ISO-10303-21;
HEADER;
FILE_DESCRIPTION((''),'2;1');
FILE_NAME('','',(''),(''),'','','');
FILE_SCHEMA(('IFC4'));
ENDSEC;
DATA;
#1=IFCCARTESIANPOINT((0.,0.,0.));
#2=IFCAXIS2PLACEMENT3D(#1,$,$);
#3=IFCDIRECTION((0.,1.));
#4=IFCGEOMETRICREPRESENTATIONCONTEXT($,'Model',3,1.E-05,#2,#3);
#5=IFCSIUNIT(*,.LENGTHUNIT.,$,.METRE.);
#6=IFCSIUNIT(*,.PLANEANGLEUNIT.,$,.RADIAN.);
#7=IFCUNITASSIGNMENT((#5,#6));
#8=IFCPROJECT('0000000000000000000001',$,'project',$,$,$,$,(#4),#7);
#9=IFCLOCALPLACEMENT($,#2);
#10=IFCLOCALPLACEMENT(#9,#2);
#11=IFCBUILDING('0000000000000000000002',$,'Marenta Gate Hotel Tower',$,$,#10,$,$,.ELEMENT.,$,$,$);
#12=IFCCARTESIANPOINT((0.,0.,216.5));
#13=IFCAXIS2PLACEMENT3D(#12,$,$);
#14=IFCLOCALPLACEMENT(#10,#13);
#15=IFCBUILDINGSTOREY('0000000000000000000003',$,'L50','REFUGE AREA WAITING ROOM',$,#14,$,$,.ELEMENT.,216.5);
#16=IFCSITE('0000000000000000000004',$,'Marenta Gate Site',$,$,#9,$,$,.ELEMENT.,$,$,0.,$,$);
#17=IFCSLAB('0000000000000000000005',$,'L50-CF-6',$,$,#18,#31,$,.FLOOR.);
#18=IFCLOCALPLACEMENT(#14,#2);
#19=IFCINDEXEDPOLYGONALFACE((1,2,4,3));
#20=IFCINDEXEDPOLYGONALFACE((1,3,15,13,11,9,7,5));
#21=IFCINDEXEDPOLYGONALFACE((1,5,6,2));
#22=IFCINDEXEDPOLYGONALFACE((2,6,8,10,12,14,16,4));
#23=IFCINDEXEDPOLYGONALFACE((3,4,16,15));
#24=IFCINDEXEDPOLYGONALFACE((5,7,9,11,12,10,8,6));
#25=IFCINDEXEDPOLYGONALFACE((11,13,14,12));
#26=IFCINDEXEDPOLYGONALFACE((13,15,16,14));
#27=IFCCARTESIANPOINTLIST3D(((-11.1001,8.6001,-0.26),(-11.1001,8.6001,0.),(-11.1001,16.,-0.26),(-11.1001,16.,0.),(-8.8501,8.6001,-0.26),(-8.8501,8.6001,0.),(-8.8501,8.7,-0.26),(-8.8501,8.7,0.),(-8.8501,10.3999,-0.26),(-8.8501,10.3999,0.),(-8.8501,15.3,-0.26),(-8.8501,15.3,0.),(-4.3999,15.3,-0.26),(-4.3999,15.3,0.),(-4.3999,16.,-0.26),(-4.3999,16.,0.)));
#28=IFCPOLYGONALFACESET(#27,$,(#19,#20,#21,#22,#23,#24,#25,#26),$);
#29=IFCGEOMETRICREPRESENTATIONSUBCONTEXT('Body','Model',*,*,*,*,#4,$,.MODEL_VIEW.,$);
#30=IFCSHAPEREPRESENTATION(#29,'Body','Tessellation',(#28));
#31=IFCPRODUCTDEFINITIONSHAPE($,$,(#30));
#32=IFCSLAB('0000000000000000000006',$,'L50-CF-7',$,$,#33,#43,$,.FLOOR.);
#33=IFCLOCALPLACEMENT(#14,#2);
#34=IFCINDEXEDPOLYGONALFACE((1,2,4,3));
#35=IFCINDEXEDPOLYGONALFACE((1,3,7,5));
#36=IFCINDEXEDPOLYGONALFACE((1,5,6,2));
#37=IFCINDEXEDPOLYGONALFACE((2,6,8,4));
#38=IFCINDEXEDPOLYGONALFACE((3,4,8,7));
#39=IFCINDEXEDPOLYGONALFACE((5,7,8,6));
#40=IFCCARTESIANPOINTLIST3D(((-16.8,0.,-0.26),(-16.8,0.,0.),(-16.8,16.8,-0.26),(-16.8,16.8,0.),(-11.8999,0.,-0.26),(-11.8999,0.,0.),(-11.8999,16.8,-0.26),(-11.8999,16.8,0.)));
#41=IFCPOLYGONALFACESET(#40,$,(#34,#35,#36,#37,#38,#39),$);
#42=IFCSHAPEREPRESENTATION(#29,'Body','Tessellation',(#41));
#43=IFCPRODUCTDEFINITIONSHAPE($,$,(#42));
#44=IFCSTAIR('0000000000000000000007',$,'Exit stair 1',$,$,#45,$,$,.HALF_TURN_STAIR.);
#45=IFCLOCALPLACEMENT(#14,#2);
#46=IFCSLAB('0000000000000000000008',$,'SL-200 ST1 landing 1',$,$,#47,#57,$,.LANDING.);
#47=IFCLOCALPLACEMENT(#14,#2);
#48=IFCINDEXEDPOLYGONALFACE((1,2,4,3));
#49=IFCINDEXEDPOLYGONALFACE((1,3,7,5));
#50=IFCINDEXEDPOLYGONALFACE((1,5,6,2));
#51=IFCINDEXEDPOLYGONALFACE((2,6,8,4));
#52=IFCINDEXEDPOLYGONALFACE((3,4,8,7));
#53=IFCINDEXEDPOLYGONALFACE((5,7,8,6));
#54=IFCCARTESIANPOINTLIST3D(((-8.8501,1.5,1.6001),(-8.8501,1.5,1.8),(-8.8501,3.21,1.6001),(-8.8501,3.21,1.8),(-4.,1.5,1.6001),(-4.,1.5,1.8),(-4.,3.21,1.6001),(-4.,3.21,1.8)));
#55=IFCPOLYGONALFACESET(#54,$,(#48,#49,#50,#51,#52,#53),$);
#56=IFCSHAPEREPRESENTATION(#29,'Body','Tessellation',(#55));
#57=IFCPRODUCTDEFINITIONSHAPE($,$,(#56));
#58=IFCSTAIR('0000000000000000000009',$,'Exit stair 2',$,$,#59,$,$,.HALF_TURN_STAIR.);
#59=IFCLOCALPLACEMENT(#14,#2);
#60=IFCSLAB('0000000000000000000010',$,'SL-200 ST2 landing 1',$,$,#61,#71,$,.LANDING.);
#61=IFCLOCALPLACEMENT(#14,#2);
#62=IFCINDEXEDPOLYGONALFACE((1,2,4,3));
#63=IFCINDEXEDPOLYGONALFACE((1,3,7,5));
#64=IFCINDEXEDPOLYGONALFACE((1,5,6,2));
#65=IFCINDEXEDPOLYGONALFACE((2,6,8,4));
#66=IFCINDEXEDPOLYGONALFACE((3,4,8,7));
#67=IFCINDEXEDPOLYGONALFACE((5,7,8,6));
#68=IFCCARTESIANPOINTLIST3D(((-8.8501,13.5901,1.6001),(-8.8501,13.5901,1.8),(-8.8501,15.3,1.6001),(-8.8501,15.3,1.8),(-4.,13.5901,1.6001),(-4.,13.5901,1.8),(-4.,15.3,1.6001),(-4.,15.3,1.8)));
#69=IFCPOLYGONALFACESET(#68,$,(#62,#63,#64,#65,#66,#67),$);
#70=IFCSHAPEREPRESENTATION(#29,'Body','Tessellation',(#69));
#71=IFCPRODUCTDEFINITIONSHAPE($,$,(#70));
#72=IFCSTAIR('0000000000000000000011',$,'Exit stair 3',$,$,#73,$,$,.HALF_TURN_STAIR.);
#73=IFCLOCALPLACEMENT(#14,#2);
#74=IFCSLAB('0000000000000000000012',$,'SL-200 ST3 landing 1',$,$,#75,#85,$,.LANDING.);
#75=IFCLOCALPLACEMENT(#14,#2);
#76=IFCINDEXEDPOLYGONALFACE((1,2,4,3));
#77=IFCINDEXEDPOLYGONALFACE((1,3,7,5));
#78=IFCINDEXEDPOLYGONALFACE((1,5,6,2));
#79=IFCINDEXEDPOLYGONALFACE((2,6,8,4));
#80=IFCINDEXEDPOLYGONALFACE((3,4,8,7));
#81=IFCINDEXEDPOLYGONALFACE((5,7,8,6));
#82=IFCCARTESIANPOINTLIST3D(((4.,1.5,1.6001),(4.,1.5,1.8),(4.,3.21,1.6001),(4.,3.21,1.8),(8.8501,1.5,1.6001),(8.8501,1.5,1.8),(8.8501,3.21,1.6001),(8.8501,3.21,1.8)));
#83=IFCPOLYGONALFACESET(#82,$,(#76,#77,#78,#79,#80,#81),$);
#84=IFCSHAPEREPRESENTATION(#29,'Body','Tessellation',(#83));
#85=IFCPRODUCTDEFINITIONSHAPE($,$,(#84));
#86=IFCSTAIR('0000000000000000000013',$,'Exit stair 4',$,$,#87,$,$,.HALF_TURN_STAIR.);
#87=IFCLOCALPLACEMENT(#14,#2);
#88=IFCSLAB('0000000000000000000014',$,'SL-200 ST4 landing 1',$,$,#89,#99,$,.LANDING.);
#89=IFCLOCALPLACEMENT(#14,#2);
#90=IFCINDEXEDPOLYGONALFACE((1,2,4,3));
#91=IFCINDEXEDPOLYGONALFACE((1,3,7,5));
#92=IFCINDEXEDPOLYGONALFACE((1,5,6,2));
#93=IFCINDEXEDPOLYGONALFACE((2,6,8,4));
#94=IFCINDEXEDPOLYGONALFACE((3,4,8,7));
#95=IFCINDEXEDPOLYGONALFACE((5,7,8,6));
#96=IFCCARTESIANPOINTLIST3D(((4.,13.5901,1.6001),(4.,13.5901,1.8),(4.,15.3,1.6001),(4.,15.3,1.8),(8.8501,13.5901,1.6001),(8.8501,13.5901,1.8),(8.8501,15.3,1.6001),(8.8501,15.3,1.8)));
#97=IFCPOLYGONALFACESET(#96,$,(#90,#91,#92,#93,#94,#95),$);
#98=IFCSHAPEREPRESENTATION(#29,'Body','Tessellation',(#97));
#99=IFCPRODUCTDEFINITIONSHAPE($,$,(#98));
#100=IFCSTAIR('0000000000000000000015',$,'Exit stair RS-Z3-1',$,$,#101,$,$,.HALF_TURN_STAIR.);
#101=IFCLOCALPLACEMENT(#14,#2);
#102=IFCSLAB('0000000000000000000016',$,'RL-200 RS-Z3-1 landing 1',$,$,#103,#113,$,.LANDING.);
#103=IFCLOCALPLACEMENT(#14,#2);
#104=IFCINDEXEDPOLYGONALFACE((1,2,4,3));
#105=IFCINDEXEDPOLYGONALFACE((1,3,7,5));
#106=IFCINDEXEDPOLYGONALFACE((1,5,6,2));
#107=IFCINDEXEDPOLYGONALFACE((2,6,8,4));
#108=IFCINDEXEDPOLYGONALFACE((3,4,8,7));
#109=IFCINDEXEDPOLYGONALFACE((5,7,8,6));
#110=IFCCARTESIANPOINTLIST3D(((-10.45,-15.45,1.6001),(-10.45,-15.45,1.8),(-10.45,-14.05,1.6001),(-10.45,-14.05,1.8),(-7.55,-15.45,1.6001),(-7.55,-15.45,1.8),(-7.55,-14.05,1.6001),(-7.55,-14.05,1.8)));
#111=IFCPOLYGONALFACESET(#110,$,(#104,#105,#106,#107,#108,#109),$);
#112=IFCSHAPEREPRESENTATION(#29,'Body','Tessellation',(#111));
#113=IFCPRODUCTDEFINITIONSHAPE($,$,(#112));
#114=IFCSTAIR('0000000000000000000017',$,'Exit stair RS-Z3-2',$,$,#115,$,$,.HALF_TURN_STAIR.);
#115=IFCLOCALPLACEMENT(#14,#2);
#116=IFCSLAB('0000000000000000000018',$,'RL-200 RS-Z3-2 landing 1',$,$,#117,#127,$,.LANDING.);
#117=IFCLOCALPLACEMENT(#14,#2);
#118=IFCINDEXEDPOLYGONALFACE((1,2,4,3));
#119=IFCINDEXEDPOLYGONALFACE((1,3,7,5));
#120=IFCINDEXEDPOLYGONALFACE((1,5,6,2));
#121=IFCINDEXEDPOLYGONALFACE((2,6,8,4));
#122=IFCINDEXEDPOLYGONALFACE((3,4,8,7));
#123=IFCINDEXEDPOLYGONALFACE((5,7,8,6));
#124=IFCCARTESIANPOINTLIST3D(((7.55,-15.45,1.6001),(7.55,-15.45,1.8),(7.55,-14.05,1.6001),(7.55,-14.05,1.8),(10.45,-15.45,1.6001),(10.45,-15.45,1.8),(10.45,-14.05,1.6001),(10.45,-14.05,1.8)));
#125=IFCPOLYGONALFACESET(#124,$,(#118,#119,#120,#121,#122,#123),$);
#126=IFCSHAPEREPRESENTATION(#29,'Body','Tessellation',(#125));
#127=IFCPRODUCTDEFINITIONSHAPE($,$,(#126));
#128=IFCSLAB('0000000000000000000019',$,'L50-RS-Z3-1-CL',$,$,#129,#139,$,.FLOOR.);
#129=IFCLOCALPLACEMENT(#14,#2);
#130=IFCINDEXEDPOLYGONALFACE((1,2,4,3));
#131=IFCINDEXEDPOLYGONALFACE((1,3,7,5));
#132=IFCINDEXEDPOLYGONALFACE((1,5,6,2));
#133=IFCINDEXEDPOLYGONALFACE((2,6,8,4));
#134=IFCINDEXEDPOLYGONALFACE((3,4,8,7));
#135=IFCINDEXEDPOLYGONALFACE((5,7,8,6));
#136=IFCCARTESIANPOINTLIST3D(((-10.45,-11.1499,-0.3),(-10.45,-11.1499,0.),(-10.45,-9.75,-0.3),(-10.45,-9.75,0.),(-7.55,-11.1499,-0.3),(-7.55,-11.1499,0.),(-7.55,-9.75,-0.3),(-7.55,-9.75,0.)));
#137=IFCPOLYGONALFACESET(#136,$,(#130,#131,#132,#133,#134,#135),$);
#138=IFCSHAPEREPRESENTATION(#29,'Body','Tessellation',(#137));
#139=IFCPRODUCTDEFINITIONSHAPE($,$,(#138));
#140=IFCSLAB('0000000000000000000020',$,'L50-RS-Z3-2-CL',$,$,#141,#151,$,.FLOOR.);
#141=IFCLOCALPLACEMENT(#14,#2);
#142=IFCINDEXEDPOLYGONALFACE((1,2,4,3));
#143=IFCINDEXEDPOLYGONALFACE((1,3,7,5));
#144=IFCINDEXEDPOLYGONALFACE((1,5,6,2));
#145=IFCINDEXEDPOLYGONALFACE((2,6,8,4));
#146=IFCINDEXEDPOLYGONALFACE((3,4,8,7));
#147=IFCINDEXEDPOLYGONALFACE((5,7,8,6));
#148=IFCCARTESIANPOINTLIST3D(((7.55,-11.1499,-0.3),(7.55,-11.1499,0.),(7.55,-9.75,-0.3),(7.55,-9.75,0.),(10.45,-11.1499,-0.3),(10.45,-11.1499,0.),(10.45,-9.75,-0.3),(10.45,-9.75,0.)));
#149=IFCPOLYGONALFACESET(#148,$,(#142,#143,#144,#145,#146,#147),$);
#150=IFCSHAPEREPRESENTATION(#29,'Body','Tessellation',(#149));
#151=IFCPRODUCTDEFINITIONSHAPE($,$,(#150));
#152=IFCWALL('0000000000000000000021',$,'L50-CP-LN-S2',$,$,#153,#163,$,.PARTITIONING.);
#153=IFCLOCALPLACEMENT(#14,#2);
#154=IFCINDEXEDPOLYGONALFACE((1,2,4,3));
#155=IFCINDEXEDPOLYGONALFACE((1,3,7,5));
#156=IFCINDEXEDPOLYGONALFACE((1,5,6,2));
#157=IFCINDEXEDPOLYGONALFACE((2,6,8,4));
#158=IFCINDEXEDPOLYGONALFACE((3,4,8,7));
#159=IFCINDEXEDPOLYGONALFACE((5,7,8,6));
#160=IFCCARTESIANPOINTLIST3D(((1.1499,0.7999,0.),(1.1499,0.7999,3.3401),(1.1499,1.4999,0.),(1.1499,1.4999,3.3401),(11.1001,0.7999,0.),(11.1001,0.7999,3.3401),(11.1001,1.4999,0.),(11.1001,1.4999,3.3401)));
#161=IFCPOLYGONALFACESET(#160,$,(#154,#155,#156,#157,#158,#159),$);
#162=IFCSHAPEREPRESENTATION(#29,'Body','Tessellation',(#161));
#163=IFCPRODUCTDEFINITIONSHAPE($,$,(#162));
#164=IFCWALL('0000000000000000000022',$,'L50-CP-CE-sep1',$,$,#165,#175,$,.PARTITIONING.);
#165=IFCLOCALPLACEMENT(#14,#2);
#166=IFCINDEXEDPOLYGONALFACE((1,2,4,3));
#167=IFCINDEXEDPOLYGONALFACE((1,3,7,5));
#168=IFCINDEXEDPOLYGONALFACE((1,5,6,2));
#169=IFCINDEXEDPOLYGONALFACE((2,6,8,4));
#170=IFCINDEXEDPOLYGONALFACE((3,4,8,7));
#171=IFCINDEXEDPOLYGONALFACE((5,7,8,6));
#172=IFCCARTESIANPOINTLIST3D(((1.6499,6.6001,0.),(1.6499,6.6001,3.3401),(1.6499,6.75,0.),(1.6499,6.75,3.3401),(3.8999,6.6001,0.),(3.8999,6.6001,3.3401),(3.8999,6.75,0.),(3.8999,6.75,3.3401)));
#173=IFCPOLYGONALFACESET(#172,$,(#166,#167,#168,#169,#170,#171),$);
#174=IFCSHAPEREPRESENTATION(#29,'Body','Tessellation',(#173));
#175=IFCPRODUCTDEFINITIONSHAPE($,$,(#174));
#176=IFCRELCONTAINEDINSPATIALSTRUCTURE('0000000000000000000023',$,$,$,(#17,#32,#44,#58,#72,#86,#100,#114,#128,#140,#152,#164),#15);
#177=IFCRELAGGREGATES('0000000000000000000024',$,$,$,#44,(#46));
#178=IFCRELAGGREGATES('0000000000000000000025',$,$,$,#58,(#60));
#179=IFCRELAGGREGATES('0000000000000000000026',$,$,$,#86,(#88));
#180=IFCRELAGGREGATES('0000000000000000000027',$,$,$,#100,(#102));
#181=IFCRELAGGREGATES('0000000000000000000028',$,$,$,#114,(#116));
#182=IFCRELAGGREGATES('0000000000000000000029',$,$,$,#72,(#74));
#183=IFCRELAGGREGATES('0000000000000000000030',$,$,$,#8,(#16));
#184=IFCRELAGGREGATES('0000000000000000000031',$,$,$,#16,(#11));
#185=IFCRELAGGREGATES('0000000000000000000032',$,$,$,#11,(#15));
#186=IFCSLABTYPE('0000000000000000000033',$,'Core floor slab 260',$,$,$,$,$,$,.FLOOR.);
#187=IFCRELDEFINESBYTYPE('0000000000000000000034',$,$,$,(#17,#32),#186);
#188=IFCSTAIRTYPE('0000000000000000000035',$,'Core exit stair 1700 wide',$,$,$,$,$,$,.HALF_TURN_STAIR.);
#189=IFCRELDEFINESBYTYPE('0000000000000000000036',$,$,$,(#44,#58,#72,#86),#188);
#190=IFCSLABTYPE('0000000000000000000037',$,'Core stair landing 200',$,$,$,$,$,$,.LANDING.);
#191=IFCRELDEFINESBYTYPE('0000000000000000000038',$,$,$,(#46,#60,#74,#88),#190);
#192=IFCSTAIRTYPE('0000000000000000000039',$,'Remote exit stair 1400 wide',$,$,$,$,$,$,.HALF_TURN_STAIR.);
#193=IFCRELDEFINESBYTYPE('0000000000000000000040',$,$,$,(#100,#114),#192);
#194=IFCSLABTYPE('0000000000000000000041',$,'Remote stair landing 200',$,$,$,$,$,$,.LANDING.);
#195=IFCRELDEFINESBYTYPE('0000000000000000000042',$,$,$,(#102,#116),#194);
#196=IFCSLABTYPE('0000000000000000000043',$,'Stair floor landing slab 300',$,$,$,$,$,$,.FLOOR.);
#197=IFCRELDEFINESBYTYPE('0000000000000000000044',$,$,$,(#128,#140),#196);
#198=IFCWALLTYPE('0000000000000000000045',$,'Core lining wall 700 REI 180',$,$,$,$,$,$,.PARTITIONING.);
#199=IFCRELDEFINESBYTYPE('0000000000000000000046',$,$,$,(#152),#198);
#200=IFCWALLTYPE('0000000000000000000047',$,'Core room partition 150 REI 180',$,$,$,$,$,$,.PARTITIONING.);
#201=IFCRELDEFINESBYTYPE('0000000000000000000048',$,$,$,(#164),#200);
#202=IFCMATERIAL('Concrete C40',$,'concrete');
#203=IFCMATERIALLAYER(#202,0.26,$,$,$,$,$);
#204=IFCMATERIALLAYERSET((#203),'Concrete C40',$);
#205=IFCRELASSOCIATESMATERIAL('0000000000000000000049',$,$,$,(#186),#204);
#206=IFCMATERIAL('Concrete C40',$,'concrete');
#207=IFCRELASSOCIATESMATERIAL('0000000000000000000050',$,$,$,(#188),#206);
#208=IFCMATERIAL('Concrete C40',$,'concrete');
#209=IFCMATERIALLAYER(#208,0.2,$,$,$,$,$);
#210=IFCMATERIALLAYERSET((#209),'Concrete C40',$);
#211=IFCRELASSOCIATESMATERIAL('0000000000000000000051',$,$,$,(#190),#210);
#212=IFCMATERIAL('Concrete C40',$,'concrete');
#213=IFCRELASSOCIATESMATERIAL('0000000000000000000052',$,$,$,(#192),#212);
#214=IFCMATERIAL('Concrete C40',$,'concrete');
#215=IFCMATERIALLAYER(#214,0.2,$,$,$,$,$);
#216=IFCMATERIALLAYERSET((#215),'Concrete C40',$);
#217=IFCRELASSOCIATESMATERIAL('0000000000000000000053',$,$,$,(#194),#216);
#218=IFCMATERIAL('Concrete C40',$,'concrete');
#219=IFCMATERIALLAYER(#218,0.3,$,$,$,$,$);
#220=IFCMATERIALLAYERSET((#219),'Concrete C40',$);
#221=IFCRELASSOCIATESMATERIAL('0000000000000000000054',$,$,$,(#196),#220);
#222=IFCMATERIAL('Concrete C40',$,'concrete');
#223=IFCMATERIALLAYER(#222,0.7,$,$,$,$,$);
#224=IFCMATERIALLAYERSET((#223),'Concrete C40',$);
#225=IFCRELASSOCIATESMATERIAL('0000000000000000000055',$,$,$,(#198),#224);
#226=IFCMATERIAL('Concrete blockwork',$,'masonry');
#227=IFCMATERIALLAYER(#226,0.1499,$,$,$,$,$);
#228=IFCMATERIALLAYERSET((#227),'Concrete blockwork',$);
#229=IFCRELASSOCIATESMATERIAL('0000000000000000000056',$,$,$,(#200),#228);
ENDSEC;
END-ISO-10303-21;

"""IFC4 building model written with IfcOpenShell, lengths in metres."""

from ifc_helpers import new_model, si_unit, direction, frame, frame_2d, origin, place, context, subcontext, project, spatial, polyline, rectangle, outline, extrude, material, layer, layer_set, type_object, element, aggregate, save


model = new_model("IFC4")

# Units and contexts
model_context = context("Model", 3, precision=1e-05, world=origin(), true_north=direction((0.0, 1.0)))
body_context = subcontext(model_context, "Body", "Model", "MODEL_VIEW")
ifc_project = project(units=[si_unit("LENGTHUNIT", "METRE"), si_unit("PLANEANGLEUNIT", "RADIAN")], contexts=[model_context])

# Site, building, storey
site_placement = place(None, origin())
site = spatial("IfcSite", under=ifc_project, at=site_placement, Name="Marenta Gate Site", CompositionType="ELEMENT", RefElevation=0.0)
building_placement = place(site_placement, origin())
building = spatial("IfcBuilding", under=site, at=building_placement, Name="Marenta Gate Hotel Tower", CompositionType="ELEMENT")
storey_placement = place(building_placement, frame((0.0, 0.0, 216.5)))
storey = spatial("IfcBuildingStorey", under=building, at=storey_placement, Name="L50", Description="REFUGE AREA WAITING ROOM", CompositionType="ELEMENT", Elevation=216.5)

# Slabs
ifc_material_1 = material(Name="Concrete C40", Category="concrete")
ifc_layer_1 = layer(ifc_material_1, 0.26)
ifc_layer_set_1 = layer_set([ifc_layer_1], Name="Concrete C40")
slab_type_1 = type_object("IfcSlabType", Name="Core floor slab 260", PredefinedType="FLOOR", material=ifc_layer_set_1)
slab_1_placement = place(storey_placement, frame((0.0, 0.0, -0.26)))
element("IfcSlab", 1, at=slab_1_placement, inside=storey, type_object=slab_type_1, Name="L50-CF-6", PredefinedType="FLOOR", context=body_context, shape_type="SweptSolid", body=[
    extrude(outline(polyline([(-4.3999, 15.3), (-8.8501, 15.3), (-8.8501, 10.3999), (-8.8501, 8.7), (-8.8501, 8.6001), (-11.1001, 8.6001), (-11.1001, 16.0), (-4.3999, 16.0), (-4.3999, 15.3)])), origin(), (0.0, 0.0, 1.0), 0.26),
])
slab_2_placement = place(storey_placement, frame((0.0, 0.0, -0.26)))
element("IfcSlab", 2, at=slab_2_placement, inside=storey, type_object=slab_type_1, Name="L50-CF-7", PredefinedType="FLOOR", context=body_context, shape_type="SweptSolid", body=[
    extrude(outline(polyline([(-11.8999, 16.8), (-11.8999, 0.0), (-16.8, 0.0), (-16.8, 16.8), (-11.8999, 16.8)])), origin(), (0.0, 0.0, 1.0), 0.26),
])

# Stairs, slabs
ifc_material_2 = material(Name="Concrete C40", Category="concrete")
stair_type_1 = type_object("IfcStairType", Name="Core exit stair 1700 wide", PredefinedType="HALF_TURN_STAIR", material=ifc_material_2)
stair_1_placement = place(storey_placement, origin())
stair_1 = element("IfcStair", 3, at=stair_1_placement, inside=storey, type_object=stair_type_1, Name="Exit stair 1", PredefinedType="HALF_TURN_STAIR")
ifc_material_3 = material(Name="Concrete C40", Category="concrete")
ifc_layer_2 = layer(ifc_material_3, 0.2)
ifc_layer_set_2 = layer_set([ifc_layer_2], Name="Concrete C40")
slab_type_2 = type_object("IfcSlabType", Name="Core stair landing 200", PredefinedType="LANDING", material=ifc_layer_set_2)
slab_3_placement = place(storey_placement, frame((0.0, 0.0, 1.6001)))
slab_3 = element("IfcSlab", 4, at=slab_3_placement, type_object=slab_type_2, Name="SL-200 ST1 landing 1", PredefinedType="LANDING", context=body_context, shape_type="SweptSolid", body=[
    extrude(outline(polyline([(-8.8501, 1.5), (-4.0, 1.5), (-4.0, 3.21), (-8.8501, 3.21), (-8.8501, 1.5)])), origin(), (0.0, 0.0, 1.0), 0.2),
])
aggregate(stair_1, [slab_3])
stair_2_placement = place(storey_placement, origin())
stair_2 = element("IfcStair", 5, at=stair_2_placement, inside=storey, type_object=stair_type_1, Name="Exit stair 2", PredefinedType="HALF_TURN_STAIR")
slab_4_placement = place(storey_placement, frame((0.0, 0.0, 1.6001)))
slab_4 = element("IfcSlab", 6, at=slab_4_placement, type_object=slab_type_2, Name="SL-200 ST2 landing 1", PredefinedType="LANDING", context=body_context, shape_type="SweptSolid", body=[
    extrude(outline(polyline([(-8.8501, 13.5901), (-4.0, 13.5901), (-4.0, 15.3), (-8.8501, 15.3), (-8.8501, 13.5901)])), origin(), (0.0, 0.0, 1.0), 0.2),
])
aggregate(stair_2, [slab_4])
stair_3_placement = place(storey_placement, origin())
stair_3 = element("IfcStair", 7, at=stair_3_placement, inside=storey, type_object=stair_type_1, Name="Exit stair 3", PredefinedType="HALF_TURN_STAIR")
slab_5_placement = place(storey_placement, frame((0.0, 0.0, 1.6001)))
slab_5 = element("IfcSlab", 8, at=slab_5_placement, type_object=slab_type_2, Name="SL-200 ST3 landing 1", PredefinedType="LANDING", context=body_context, shape_type="SweptSolid", body=[
    extrude(outline(polyline([(4.0, 1.5), (8.8501, 1.5), (8.8501, 3.21), (4.0, 3.21), (4.0, 1.5)])), origin(), (0.0, 0.0, 1.0), 0.2),
])
stair_4_placement = place(storey_placement, origin())
stair_4 = element("IfcStair", 9, at=stair_4_placement, inside=storey, type_object=stair_type_1, Name="Exit stair 4", PredefinedType="HALF_TURN_STAIR")
slab_6_placement = place(storey_placement, frame((0.0, 0.0, 1.6001)))
slab_6 = element("IfcSlab", 10, at=slab_6_placement, type_object=slab_type_2, Name="SL-200 ST4 landing 1", PredefinedType="LANDING", context=body_context, shape_type="SweptSolid", body=[
    extrude(outline(polyline([(4.0, 13.5901), (8.8501, 13.5901), (8.8501, 15.3), (4.0, 15.3), (4.0, 13.5901)])), origin(), (0.0, 0.0, 1.0), 0.2),
])
aggregate(stair_4, [slab_6])
ifc_material_4 = material(Name="Concrete C40", Category="concrete")
stair_type_2 = type_object("IfcStairType", Name="Remote exit stair 1400 wide", PredefinedType="HALF_TURN_STAIR", material=ifc_material_4)
stair_5_placement = place(storey_placement, origin())
stair_5 = element("IfcStair", 11, at=stair_5_placement, inside=storey, type_object=stair_type_2, Name="Exit stair RS-Z3-1", PredefinedType="HALF_TURN_STAIR")
ifc_material_5 = material(Name="Concrete C40", Category="concrete")
ifc_layer_3 = layer(ifc_material_5, 0.2)
ifc_layer_set_3 = layer_set([ifc_layer_3], Name="Concrete C40")
slab_type_3 = type_object("IfcSlabType", Name="Remote stair landing 200", PredefinedType="LANDING", material=ifc_layer_set_3)
slab_7_placement = place(storey_placement, frame((0.0, 0.0, 1.6001)))
slab_7 = element("IfcSlab", 12, at=slab_7_placement, type_object=slab_type_3, Name="RL-200 RS-Z3-1 landing 1", PredefinedType="LANDING", context=body_context, shape_type="SweptSolid", body=[
    extrude(outline(polyline([(-10.45, -15.45), (-7.55, -15.45), (-7.55, -14.05), (-10.45, -14.05), (-10.45, -15.45)])), origin(), (0.0, 0.0, 1.0), 0.2),
])
aggregate(stair_5, [slab_7])
stair_6_placement = place(storey_placement, origin())
stair_6 = element("IfcStair", 13, at=stair_6_placement, inside=storey, type_object=stair_type_2, Name="Exit stair RS-Z3-2", PredefinedType="HALF_TURN_STAIR")
slab_8_placement = place(storey_placement, frame((0.0, 0.0, 1.6001)))
slab_8 = element("IfcSlab", 14, at=slab_8_placement, type_object=slab_type_3, Name="RL-200 RS-Z3-2 landing 1", PredefinedType="LANDING", context=body_context, shape_type="SweptSolid", body=[
    extrude(outline(polyline([(7.55, -15.45), (10.45, -15.45), (10.45, -14.05), (7.55, -14.05), (7.55, -15.45)])), origin(), (0.0, 0.0, 1.0), 0.2),
])
aggregate(stair_6, [slab_8])

# Slabs
ifc_material_6 = material(Name="Concrete C40", Category="concrete")
ifc_layer_4 = layer(ifc_material_6, 0.3)
ifc_layer_set_4 = layer_set([ifc_layer_4], Name="Concrete C40")
slab_type_4 = type_object("IfcSlabType", Name="Stair floor landing slab 300", PredefinedType="FLOOR", material=ifc_layer_set_4)
slab_9_placement = place(storey_placement, frame((0.0, 0.0, -0.3)))
element("IfcSlab", 15, at=slab_9_placement, inside=storey, type_object=slab_type_4, Name="L50-RS-Z3-1-CL", PredefinedType="FLOOR", context=body_context, shape_type="SweptSolid", body=[
    extrude(outline(polyline([(-7.55, -11.1499), (-7.55, -9.75), (-10.45, -9.75), (-10.45, -11.1499), (-7.55, -11.1499)])), origin(), (0.0, 0.0, 1.0), 0.3),
])
slab_10_placement = place(storey_placement, frame((0.0, 0.0, -0.3)))
element("IfcSlab", 16, at=slab_10_placement, inside=storey, type_object=slab_type_4, Name="L50-RS-Z3-2-CL", PredefinedType="FLOOR", context=body_context, shape_type="SweptSolid", body=[
    extrude(outline(polyline([(10.45, -11.1499), (10.45, -9.75), (7.55, -9.75), (7.55, -11.1499), (10.45, -11.1499)])), origin(), (0.0, 0.0, 1.0), 0.3),
])

# Walls
ifc_material_7 = material(Name="Concrete C40", Category="concrete")
ifc_layer_5 = layer(ifc_material_7, 0.7)
ifc_layer_set_5 = layer_set([ifc_layer_5], Name="Concrete C40")
wall_type_1 = type_object("IfcWallType", Name="Core lining wall 700 REI 180", PredefinedType="PARTITIONING", material=ifc_layer_set_5)
wall_1_placement = place(storey_placement, frame((1.1499, 1.1499, 0.0), z_axis=(0.0, 0.0, 1.0), x_axis=(1.0, 0.0, 0.0)))
element("IfcWall", 17, at=wall_1_placement, inside=storey, type_object=wall_type_1, Name="L50-CP-LN-S2", PredefinedType="PARTITIONING", context=body_context, shape_type="SweptSolid", body=[
    extrude(rectangle(XDim=9.9502, YDim=0.7, at=frame_2d((4.9751, 0.0))), origin(), (0.0, 0.0, 1.0), 3.3401),
])
ifc_material_8 = material(Name="Concrete blockwork", Category="masonry")
ifc_layer_6 = layer(ifc_material_8, 0.1499)
ifc_layer_set_6 = layer_set([ifc_layer_6], Name="Concrete blockwork")
wall_type_2 = type_object("IfcWallType", Name="Core room partition 150 REI 180", PredefinedType="PARTITIONING", material=ifc_layer_set_6)
wall_2_placement = place(storey_placement, frame((1.6499, 6.675, 0.0), z_axis=(0.0, 0.0, 1.0), x_axis=(1.0, 0.0, 0.0)))
element("IfcWall", 18, at=wall_2_placement, inside=storey, type_object=wall_type_2, Name="L50-CP-CE-sep1", PredefinedType="PARTITIONING", context=body_context, shape_type="SweptSolid", body=[
    extrude(rectangle(XDim=2.25, YDim=0.1499, at=frame_2d((1.125, 0.0))), origin(), (0.0, 0.0, 1.0), 3.3401),
])

aggregate(stair_3, [slab_5])

save(model, "model.ifc")
